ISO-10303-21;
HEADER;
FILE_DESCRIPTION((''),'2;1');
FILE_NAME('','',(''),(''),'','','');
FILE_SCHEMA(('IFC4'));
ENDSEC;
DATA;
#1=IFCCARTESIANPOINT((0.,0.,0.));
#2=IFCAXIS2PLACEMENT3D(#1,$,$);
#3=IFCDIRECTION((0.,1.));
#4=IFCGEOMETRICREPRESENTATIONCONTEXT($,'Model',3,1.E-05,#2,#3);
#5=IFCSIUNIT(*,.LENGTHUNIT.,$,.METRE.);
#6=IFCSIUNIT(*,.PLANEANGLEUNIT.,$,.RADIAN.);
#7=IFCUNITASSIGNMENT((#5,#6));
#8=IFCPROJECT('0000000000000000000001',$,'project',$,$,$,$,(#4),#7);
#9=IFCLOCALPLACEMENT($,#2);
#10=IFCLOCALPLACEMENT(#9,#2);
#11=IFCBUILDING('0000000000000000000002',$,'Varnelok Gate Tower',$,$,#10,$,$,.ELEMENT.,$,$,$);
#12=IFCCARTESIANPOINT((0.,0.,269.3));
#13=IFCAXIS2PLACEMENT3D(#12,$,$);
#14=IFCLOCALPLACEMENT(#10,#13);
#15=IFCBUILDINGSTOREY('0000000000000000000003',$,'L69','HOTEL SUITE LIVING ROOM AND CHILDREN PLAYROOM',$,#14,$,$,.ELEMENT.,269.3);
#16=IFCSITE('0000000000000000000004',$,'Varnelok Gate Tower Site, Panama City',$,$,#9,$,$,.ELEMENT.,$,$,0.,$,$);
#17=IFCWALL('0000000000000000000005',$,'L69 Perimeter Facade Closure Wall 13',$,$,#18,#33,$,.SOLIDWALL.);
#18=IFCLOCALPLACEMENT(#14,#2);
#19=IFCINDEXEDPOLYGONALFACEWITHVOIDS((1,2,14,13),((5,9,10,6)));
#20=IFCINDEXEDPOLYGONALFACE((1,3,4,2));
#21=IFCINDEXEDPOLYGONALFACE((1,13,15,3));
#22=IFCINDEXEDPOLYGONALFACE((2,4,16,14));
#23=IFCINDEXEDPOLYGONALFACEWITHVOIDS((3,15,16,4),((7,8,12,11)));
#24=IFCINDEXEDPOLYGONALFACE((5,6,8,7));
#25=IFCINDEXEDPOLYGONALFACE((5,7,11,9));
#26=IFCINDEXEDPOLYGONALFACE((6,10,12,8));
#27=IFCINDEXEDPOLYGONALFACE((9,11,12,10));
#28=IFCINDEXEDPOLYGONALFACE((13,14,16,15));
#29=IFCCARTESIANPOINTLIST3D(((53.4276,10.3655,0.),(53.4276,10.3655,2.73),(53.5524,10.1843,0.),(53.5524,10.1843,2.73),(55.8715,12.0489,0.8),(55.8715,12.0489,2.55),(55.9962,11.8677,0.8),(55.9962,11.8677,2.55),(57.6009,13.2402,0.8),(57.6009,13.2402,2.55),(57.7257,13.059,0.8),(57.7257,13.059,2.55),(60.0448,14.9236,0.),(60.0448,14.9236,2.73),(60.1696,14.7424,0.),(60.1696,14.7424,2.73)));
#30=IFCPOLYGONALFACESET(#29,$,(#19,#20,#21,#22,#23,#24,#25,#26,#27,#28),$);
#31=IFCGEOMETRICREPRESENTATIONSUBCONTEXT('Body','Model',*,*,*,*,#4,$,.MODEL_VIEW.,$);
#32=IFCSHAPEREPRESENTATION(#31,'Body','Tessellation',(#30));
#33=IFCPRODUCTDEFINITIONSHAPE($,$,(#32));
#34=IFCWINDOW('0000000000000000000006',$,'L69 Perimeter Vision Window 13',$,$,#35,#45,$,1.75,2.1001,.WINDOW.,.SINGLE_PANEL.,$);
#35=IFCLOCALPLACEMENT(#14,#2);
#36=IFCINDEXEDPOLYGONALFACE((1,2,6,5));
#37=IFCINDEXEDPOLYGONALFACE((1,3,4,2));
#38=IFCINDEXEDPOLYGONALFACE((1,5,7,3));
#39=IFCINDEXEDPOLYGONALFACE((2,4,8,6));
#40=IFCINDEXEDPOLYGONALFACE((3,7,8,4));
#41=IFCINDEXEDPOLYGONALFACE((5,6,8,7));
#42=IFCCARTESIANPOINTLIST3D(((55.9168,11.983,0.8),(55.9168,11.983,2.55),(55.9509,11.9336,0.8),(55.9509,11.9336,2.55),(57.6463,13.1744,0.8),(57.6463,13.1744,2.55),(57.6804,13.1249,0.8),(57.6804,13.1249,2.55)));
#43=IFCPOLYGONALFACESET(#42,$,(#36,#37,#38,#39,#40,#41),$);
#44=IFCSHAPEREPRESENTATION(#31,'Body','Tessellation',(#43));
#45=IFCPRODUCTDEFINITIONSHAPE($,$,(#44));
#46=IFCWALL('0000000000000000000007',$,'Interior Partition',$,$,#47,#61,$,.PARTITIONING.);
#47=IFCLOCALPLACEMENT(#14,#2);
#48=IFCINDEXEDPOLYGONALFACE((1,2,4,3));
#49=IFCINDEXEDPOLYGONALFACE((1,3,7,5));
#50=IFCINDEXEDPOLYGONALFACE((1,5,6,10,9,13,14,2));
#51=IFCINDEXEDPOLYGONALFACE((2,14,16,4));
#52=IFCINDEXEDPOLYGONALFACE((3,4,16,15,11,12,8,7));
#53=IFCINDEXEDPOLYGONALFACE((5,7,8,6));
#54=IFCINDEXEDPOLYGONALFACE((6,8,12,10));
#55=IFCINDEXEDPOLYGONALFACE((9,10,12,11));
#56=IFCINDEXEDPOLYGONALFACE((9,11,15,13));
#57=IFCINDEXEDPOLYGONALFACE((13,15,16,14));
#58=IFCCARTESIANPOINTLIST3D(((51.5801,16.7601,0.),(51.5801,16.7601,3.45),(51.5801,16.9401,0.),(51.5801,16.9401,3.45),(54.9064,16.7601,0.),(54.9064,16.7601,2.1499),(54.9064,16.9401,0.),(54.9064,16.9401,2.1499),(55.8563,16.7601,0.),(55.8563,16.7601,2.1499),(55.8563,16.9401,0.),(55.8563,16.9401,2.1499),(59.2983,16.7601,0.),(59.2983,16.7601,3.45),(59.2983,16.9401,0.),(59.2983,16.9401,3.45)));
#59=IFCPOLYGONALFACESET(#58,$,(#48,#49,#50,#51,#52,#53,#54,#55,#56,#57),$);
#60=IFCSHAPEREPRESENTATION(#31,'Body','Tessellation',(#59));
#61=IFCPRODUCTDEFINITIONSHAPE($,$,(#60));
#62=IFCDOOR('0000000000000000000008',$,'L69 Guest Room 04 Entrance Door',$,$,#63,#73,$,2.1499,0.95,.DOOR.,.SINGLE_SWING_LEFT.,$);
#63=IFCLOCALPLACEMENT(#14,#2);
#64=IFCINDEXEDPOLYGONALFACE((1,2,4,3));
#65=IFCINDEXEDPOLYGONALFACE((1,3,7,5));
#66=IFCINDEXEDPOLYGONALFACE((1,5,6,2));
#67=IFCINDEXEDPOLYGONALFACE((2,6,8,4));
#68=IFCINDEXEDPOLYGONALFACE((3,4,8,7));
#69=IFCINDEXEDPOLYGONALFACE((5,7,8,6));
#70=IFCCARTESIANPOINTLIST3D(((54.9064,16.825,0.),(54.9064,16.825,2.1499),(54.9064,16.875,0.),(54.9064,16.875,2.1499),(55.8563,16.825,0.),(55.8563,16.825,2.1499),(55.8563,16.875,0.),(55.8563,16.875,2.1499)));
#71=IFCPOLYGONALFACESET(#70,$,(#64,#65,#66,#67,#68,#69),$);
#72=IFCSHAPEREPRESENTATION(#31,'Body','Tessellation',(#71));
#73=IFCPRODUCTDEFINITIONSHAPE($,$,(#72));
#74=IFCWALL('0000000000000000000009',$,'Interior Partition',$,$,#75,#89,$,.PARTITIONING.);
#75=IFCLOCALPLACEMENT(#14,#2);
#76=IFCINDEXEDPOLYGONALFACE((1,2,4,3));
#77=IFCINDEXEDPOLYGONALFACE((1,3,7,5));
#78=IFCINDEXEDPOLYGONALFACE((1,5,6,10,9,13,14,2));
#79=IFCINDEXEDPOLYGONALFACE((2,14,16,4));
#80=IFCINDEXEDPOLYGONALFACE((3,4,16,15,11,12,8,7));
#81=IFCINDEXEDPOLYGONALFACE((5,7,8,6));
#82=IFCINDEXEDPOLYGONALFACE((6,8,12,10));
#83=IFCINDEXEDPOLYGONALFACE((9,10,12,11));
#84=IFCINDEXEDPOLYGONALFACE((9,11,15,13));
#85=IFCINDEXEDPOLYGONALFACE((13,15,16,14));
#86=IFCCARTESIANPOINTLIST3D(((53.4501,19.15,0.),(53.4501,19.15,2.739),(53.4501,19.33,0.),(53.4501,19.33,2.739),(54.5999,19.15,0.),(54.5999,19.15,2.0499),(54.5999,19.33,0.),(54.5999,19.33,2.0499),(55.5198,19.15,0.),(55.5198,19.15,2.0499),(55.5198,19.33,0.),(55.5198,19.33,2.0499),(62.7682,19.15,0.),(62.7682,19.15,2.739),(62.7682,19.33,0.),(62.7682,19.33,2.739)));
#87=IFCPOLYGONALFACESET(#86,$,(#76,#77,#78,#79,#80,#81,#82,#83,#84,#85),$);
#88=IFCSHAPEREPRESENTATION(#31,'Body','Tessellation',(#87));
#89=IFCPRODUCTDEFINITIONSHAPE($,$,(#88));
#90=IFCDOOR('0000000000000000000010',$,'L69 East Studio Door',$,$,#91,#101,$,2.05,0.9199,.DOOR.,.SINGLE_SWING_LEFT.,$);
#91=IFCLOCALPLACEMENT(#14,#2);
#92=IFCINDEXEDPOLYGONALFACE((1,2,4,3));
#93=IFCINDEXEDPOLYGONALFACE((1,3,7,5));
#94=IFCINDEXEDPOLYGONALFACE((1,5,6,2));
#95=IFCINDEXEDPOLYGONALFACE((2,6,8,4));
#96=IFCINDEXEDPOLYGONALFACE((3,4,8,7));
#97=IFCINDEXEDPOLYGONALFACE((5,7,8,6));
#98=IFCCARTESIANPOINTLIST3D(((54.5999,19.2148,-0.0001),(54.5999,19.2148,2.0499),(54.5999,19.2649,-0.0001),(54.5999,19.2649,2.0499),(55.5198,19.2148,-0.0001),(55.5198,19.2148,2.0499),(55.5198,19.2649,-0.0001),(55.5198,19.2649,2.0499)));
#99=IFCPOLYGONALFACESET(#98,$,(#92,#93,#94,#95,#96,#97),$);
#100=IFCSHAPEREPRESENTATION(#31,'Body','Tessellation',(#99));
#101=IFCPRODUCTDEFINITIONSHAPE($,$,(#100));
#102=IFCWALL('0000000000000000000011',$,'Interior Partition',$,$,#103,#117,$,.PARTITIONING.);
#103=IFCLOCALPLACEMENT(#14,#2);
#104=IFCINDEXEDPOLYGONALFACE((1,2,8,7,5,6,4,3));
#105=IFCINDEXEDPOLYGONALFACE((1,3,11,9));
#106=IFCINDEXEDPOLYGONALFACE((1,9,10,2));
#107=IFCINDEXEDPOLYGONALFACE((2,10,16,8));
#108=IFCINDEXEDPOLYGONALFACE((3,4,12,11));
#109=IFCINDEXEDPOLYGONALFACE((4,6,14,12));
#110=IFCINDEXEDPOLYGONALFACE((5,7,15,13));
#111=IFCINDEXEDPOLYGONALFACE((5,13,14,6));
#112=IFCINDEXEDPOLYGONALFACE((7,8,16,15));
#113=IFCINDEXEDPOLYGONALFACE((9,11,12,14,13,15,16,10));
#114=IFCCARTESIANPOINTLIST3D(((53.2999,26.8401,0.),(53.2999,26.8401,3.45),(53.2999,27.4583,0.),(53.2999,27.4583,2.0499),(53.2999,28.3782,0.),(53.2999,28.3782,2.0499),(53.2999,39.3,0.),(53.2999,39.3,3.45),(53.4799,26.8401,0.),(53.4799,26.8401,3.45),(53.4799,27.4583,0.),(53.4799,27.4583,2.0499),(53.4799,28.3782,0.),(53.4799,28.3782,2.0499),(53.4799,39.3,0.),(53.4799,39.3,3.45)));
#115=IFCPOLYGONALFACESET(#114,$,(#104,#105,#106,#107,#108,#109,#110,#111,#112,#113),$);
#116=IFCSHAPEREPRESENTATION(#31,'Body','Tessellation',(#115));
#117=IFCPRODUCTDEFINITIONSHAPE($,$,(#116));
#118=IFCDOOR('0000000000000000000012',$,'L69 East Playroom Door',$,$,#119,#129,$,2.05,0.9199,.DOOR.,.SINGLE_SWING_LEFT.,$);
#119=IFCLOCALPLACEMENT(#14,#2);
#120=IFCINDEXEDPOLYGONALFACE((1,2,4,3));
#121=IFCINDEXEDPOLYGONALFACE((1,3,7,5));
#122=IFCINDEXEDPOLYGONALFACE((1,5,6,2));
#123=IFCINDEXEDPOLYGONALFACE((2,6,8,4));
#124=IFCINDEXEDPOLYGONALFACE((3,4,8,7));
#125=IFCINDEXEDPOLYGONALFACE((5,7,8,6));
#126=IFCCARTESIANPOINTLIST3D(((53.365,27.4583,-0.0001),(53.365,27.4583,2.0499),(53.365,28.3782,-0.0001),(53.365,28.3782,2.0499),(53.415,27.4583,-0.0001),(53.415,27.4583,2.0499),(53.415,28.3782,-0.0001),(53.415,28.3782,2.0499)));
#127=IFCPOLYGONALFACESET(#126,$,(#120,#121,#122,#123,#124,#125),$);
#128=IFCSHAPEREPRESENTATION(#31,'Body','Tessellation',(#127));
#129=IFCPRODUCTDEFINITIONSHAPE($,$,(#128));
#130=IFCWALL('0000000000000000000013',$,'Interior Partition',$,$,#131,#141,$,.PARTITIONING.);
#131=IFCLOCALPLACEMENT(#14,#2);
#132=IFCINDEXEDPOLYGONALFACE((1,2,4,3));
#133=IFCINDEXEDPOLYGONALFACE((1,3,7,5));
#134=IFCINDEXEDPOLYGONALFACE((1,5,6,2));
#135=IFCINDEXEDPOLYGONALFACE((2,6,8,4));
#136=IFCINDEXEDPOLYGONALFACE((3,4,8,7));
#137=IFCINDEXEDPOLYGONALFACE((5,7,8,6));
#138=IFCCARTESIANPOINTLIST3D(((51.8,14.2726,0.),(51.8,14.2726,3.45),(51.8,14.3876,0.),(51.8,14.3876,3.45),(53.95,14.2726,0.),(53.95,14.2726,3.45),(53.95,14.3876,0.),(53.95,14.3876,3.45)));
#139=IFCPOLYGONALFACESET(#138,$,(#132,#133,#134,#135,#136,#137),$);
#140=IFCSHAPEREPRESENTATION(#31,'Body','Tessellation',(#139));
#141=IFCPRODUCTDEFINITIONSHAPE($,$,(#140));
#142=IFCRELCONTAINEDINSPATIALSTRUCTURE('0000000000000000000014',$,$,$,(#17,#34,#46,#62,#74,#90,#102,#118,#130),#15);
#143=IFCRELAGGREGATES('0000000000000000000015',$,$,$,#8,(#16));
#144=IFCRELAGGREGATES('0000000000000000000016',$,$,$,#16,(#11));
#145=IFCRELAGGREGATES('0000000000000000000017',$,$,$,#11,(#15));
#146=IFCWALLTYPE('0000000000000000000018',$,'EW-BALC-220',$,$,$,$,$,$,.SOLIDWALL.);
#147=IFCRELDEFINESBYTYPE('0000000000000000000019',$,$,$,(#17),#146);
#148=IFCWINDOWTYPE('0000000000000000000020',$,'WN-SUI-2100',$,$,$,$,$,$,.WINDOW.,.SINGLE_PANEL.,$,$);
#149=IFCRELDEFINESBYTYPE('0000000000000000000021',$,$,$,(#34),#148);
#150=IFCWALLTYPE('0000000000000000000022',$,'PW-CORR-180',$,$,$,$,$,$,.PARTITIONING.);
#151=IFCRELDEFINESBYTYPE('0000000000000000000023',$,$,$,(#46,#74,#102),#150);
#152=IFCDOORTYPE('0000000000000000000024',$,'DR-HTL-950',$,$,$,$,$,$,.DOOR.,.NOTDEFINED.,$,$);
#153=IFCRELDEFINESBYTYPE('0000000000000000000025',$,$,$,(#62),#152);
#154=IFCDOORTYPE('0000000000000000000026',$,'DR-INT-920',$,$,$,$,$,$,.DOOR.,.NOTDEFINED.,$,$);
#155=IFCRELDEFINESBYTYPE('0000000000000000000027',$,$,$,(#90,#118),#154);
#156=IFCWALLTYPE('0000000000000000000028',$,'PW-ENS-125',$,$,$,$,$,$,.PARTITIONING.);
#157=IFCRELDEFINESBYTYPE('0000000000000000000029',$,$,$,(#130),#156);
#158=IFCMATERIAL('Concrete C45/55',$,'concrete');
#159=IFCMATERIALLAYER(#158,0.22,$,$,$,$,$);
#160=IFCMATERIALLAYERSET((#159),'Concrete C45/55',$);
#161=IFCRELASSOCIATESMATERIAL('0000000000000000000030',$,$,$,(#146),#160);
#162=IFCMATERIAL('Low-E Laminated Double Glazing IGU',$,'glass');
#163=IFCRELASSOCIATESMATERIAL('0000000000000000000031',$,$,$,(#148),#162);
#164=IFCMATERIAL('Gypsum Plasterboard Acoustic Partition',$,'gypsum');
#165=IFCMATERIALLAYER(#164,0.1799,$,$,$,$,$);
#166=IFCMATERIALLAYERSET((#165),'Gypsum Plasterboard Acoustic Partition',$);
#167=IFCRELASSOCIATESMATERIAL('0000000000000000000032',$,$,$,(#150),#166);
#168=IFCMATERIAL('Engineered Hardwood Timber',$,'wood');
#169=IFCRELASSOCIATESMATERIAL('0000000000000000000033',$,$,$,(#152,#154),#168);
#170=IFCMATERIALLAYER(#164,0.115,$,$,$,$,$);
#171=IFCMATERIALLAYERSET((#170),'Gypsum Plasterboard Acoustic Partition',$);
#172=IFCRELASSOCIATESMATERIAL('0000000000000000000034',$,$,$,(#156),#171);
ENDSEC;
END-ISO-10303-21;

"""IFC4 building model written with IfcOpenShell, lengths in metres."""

from ifc_helpers import new_model, si_unit, direction, frame, frame_2d, origin, place, context, subcontext, project, spatial, rectangle, extrude, material, layer, layer_set, type_object, element, fill, save


model = new_model("IFC4")

# Units and contexts
model_context = context("Model", 3, precision=1e-05, world=origin(), true_north=direction((0.0, 1.0)))
body_context = subcontext(model_context, "Body", "Model", "MODEL_VIEW")
ifc_project = project(units=[si_unit("LENGTHUNIT", "METRE"), si_unit("PLANEANGLEUNIT", "RADIAN")], contexts=[model_context])

# Site, building, storey
site_placement = place(None, origin())
site = spatial("IfcSite", under=ifc_project, at=site_placement, Name="Varnelok Gate Tower Site, Panama City", CompositionType="ELEMENT", RefElevation=0.0)
building_placement = place(site_placement, origin())
building = spatial("IfcBuilding", under=site, at=building_placement, Name="Varnelok Gate Tower", CompositionType="ELEMENT")
storey_placement = place(building_placement, frame((0.0, 0.0, 269.3)))
storey = spatial("IfcBuildingStorey", under=building, at=storey_placement, Name="L69", Description="HOTEL SUITE LIVING ROOM AND CHILDREN PLAYROOM", CompositionType="ELEMENT", Elevation=269.3)

# Shared definitions
ifc_material_1 = material(Name="Concrete C45/55", Category="concrete")
ifc_layer_1 = layer(ifc_material_1, 0.22)
ifc_layer_set_1 = layer_set([ifc_layer_1], Name="Concrete C45/55")
wall_type_1 = type_object("IfcWallType", Name="EW-BALC-220", PredefinedType="SOLIDWALL", material=ifc_layer_set_1)

# Wall, opening, window
wall_1_placement = place(storey_placement, frame((53.49, 10.2749, 0.0), z_axis=(0.0, 0.0, 1.0), x_axis=(0.823531, 0.567271, 0.0)))
wall_1 = element("IfcWall", 1, at=wall_1_placement, inside=storey, type_object=wall_type_1, Name="L69 Perimeter Facade Closure Wall 13", PredefinedType="SOLIDWALL", context=body_context, shape_type="SweptSolid", body=[
    extrude(rectangle(XDim=8.0352, YDim=0.22, at=frame_2d((4.0176, 0.0))), origin(), (0.0, 0.0, 1.0), 2.73),
])
opening_1_placement = place(wall_1_placement, frame((2.9675, 0.0, 0.8)))
opening_1 = element("IfcOpeningElement", 2, at=opening_1_placement, cuts=wall_1, PredefinedType="OPENING", context=body_context, shape_type="SweptSolid", body=[
    extrude(rectangle(XDim=2.1001, YDim=1.75, at=frame_2d((1.05, 0.875))), frame((0.0, 0.1199, 0.0), z_axis=(0.0, -1.0, 0.0), x_axis=(1.0, 0.0, 0.0)), (0.0, 0.0, 1.0), 0.24),
])
ifc_material_2 = material(Name="Low-E Laminated Double Glazing IGU", Category="glass")
window_type = type_object("IfcWindowType", Name="WN-SUI-2100", PartitioningType="SINGLE_PANEL", PredefinedType="WINDOW", material=ifc_material_2)
window_placement = place(opening_1_placement, origin())
window = element("IfcWindow", 3, at=window_placement, inside=storey, type_object=window_type, Name="L69 Perimeter Vision Window 13", OverallHeight=1.75, OverallWidth=2.1001, PartitioningType="SINGLE_PANEL", PredefinedType="WINDOW", context=body_context, shape_type="SweptSolid", body=[
    extrude(rectangle(XDim=2.1001, YDim=1.75, at=frame_2d((1.05, 0.875))), frame((0.0, 0.03, 0.0), z_axis=(0.0, -1.0, 0.0), x_axis=(1.0, 0.0, 0.0)), (0.0, 0.0, 1.0), 0.0601),
])
fill(opening_1, window)

# Walls, openings, doors
ifc_material_3 = material(Name="Gypsum Plasterboard Acoustic Partition", Category="gypsum")
ifc_layer_2 = layer(ifc_material_3, 0.1799)
ifc_layer_set_2 = layer_set([ifc_layer_2], Name="Gypsum Plasterboard Acoustic Partition")
wall_type_2 = type_object("IfcWallType", Name="PW-CORR-180", PredefinedType="PARTITIONING", material=ifc_layer_set_2)
wall_2_placement = place(storey_placement, frame((51.5801, 16.8501, 0.0), z_axis=(0.0, 0.0, 1.0), x_axis=(1.0, 0.0, 0.0)))
wall_2 = element("IfcWall", 4, at=wall_2_placement, inside=storey, type_object=wall_type_2, Name="Interior Partition", PredefinedType="PARTITIONING", context=body_context, shape_type="SweptSolid", body=[
    extrude(rectangle(XDim=7.7183, YDim=0.1799, at=frame_2d((3.8591, 0.0))), origin(), (0.0, 0.0, 1.0), 3.45),
])
opening_2_placement = place(wall_2_placement, frame((3.3262, 0.0, 0.0)))
opening_2 = element("IfcOpeningElement", 5, at=opening_2_placement, cuts=wall_2, PredefinedType="OPENING", context=body_context, shape_type="SweptSolid", body=[
    extrude(rectangle(XDim=0.95, YDim=2.1499, at=frame_2d((0.4751, 1.075))), frame((0.0, 0.0999, 0.0), z_axis=(0.0, -1.0, 0.0), x_axis=(1.0, 0.0, 0.0)), (0.0, 0.0, 1.0), 0.2),
])
ifc_material_4 = material(Name="Engineered Hardwood Timber", Category="wood")
door_type_1 = type_object("IfcDoorType", Name="DR-HTL-950", OperationType="NOTDEFINED", PredefinedType="DOOR", material=ifc_material_4)
door_1_placement = place(opening_2_placement, origin())
door_1 = element("IfcDoor", 6, at=door_1_placement, inside=storey, type_object=door_type_1, Name="L69 Guest Room 04 Entrance Door", OperationType="SINGLE_SWING_LEFT", OverallHeight=2.1499, OverallWidth=0.95, PredefinedType="DOOR", context=body_context, shape_type="SweptSolid", body=[
    extrude(rectangle(XDim=0.95, YDim=2.1499, at=frame_2d((0.4751, 1.075))), frame((0.0, 0.0249, 0.0), z_axis=(0.0, -1.0, 0.0), x_axis=(1.0, 0.0, 0.0)), (0.0, 0.0, 1.0), 0.05),
])
fill(opening_2, door_1)
wall_3_placement = place(storey_placement, frame((53.45, 19.24, 0.0), z_axis=(0.0, 0.0, 1.0), x_axis=(1.0, 0.0, 0.0)))
wall_3 = element("IfcWall", 7, at=wall_3_placement, inside=storey, type_object=wall_type_2, Name="Interior Partition", PredefinedType="PARTITIONING", context=body_context, shape_type="SweptSolid", body=[
    extrude(rectangle(XDim=9.3181, YDim=0.1799, at=frame_2d((4.6592, 0.0))), origin(), (0.0, 0.0, 1.0), 2.739),
])
opening_3_placement = place(wall_3_placement, frame((1.1499, 0.0, 0.0)))
opening_3 = element("IfcOpeningElement", 8, at=opening_3_placement, cuts=wall_3, PredefinedType="OPENING", context=body_context, shape_type="SweptSolid", body=[
    extrude(rectangle(XDim=0.9199, YDim=2.05, at=frame_2d((0.46, 1.0249))), frame((0.0, 0.0999, 0.0), z_axis=(0.0, -1.0, 0.0), x_axis=(1.0, 0.0, 0.0)), (0.0, 0.0, 1.0), 0.2),
])
door_type_2 = type_object("IfcDoorType", Name="DR-INT-920", OperationType="NOTDEFINED", PredefinedType="DOOR", material=ifc_material_4)
door_2_placement = place(opening_3_placement, origin())
door_2 = element("IfcDoor", 9, at=door_2_placement, inside=storey, type_object=door_type_2, Name="L69 East Studio Door", OperationType="SINGLE_SWING_LEFT", OverallHeight=2.05, OverallWidth=0.9199, PredefinedType="DOOR", context=body_context, shape_type="SweptSolid", body=[
    extrude(rectangle(XDim=0.9199, YDim=2.05, at=frame_2d((0.46, 1.0249))), frame((0.0, 0.0249, 0.0), z_axis=(0.0, -1.0, 0.0), x_axis=(1.0, 0.0, 0.0)), (0.0, 0.0, 1.0), 0.05),
])
fill(opening_3, door_2)
wall_4_placement = place(storey_placement, frame((53.3899, 26.8401, 0.0), z_axis=(0.0, 0.0, 1.0), x_axis=(0.0, 1.0, 0.0)))
wall_4 = element("IfcWall", 10, at=wall_4_placement, inside=storey, type_object=wall_type_2, Name="Interior Partition", PredefinedType="PARTITIONING", context=body_context, shape_type="SweptSolid", body=[
    extrude(rectangle(XDim=12.46, YDim=0.1799, at=frame_2d((6.23, 0.0))), origin(), (0.0, 0.0, 1.0), 3.45),
])
opening_4_placement = place(wall_4_placement, frame((0.6182, 0.0, 0.0)))
opening_4 = element("IfcOpeningElement", 11, at=opening_4_placement, cuts=wall_4, PredefinedType="OPENING", context=body_context, shape_type="SweptSolid", body=[
    extrude(rectangle(XDim=0.9199, YDim=2.05, at=frame_2d((0.46, 1.0249))), frame((0.0, 0.0999, 0.0), z_axis=(0.0, -1.0, 0.0), x_axis=(1.0, 0.0, 0.0)), (0.0, 0.0, 1.0), 0.2),
])
door_3_placement = place(opening_4_placement, origin())
door_3 = element("IfcDoor", 12, at=door_3_placement, inside=storey, type_object=door_type_2, Name="L69 East Playroom Door", OperationType="SINGLE_SWING_LEFT", OverallHeight=2.05, OverallWidth=0.9199, PredefinedType="DOOR", context=body_context, shape_type="SweptSolid", body=[
    extrude(rectangle(XDim=0.9199, YDim=2.05, at=frame_2d((0.46, 1.0249))), frame((0.0, 0.0249, 0.0), z_axis=(0.0, -1.0, 0.0), x_axis=(1.0, 0.0, 0.0)), (0.0, 0.0, 1.0), 0.05),
])
fill(opening_4, door_3)

# Wall
ifc_layer_3 = layer(ifc_material_3, 0.115)
ifc_layer_set_3 = layer_set([ifc_layer_3], Name="Gypsum Plasterboard Acoustic Partition")
wall_type_3 = type_object("IfcWallType", Name="PW-ENS-125", PredefinedType="PARTITIONING", material=ifc_layer_set_3)
wall_5_placement = place(storey_placement, frame((51.8, 14.3301, 0.0), z_axis=(0.0, 0.0, 1.0), x_axis=(1.0, 0.0, 0.0)))
element("IfcWall", 13, at=wall_5_placement, inside=storey, type_object=wall_type_3, Name="Interior Partition", PredefinedType="PARTITIONING", context=body_context, shape_type="SweptSolid", body=[
    extrude(rectangle(XDim=2.1499, YDim=0.115, at=frame_2d((1.075, 0.0))), origin(), (0.0, 0.0, 1.0), 3.45),
])

save(model, "model.ifc")
